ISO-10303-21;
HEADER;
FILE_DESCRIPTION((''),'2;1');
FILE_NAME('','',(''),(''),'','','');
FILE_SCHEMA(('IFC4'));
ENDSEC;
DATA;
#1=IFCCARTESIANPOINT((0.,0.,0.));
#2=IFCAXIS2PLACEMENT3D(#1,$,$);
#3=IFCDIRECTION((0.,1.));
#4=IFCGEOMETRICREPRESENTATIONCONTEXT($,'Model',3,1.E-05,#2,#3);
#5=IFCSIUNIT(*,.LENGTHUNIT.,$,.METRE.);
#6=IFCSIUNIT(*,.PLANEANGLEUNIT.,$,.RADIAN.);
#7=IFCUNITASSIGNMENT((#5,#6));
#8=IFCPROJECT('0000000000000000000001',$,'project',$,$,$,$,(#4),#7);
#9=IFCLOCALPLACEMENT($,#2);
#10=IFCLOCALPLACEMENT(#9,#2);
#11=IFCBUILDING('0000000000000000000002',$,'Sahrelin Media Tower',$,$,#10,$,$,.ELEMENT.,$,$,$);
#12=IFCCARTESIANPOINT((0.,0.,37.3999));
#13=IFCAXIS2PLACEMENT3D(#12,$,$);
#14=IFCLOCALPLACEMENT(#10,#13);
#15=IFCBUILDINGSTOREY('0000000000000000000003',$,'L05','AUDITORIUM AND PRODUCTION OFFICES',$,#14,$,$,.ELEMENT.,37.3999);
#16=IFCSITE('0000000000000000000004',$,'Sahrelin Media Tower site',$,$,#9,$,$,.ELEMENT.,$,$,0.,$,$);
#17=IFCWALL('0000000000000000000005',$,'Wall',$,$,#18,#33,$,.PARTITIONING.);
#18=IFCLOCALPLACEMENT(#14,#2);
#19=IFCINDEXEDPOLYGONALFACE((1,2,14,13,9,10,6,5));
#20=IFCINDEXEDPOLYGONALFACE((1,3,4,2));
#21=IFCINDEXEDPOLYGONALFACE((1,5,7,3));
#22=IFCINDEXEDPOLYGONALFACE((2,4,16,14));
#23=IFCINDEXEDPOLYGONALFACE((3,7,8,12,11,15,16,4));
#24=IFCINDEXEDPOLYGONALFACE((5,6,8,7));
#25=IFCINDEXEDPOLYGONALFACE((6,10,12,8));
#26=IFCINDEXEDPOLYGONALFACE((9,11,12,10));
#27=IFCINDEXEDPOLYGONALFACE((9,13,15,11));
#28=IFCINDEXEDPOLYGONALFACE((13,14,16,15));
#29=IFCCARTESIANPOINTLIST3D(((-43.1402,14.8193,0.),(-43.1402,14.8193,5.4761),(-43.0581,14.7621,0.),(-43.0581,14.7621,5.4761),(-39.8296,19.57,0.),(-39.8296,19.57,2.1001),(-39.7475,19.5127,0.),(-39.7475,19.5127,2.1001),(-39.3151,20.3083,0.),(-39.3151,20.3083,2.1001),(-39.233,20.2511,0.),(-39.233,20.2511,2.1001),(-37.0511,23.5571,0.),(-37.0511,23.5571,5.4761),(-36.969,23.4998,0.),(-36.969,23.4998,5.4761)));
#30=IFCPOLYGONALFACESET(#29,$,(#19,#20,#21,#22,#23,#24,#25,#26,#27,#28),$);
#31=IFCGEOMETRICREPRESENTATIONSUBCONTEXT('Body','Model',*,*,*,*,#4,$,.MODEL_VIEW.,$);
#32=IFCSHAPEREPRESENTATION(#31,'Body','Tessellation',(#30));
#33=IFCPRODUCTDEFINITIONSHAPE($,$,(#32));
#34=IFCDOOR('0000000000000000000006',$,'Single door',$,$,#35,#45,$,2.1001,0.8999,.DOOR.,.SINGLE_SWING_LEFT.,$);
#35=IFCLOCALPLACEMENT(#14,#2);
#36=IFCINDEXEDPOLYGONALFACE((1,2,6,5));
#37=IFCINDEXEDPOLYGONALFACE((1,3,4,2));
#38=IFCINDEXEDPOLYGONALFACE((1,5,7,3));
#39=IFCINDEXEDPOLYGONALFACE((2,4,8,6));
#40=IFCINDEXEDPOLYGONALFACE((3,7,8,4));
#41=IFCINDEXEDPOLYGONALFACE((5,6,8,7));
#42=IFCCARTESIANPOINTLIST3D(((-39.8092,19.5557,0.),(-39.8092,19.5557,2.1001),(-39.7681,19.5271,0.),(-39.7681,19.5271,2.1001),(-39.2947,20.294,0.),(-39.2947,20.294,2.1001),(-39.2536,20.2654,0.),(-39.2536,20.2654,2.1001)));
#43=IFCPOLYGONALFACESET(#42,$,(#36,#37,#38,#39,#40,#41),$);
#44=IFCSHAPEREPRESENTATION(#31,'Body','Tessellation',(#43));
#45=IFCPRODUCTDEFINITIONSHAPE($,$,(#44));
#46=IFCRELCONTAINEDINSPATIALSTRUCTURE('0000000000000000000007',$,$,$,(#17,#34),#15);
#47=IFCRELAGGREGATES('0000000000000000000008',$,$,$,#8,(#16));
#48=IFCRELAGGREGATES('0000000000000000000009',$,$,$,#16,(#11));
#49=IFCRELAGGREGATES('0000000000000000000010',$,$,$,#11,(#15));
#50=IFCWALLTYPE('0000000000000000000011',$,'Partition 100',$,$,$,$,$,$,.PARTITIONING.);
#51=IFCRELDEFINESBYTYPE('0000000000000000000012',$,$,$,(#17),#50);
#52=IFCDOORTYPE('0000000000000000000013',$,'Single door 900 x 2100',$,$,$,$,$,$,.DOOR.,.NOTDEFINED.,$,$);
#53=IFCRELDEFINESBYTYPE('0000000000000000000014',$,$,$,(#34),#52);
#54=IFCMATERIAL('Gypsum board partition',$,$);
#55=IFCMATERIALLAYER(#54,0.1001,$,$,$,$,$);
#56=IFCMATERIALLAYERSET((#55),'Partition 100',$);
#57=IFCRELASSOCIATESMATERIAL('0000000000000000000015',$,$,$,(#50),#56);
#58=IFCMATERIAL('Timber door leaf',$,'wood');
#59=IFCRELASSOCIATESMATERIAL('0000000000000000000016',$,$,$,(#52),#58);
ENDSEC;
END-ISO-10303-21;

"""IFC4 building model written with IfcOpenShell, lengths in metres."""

from ifc_helpers import new_model, si_unit, direction, frame, frame_2d, origin, place, context, subcontext, project, spatial, rectangle, extrude, material, layer, layer_set, type_object, element, fill, save


model = new_model("IFC4")

# Units and contexts
model_context = context("Model", 3, precision=1e-05, world=origin(), true_north=direction((0.0, 1.0)))
body_context = subcontext(model_context, "Body", "Model", "MODEL_VIEW")
ifc_project = project(units=[si_unit("LENGTHUNIT", "METRE"), si_unit("PLANEANGLEUNIT", "RADIAN")], contexts=[model_context])

# Site, building, storey
site_placement = place(None, origin())
site = spatial("IfcSite", under=ifc_project, at=site_placement, Name="Sahrelin Media Tower site", CompositionType="ELEMENT", RefElevation=0.0)
building_placement = place(site_placement, origin())
building = spatial("IfcBuilding", under=site, at=building_placement, Name="Sahrelin Media Tower", CompositionType="ELEMENT")
storey_placement = place(building_placement, frame((0.0, 0.0, 37.3999)))
storey = spatial("IfcBuildingStorey", under=building, at=storey_placement, Name="L05", Description="AUDITORIUM AND PRODUCTION OFFICES", CompositionType="ELEMENT", Elevation=37.3999)

# Wall, opening, door
ifc_material_1 = material(Name="Gypsum board partition")
ifc_layer_1 = layer(ifc_material_1, 0.1001)
ifc_layer_set_1 = layer_set([ifc_layer_1], Name="Partition 100")
wall_type = type_object("IfcWallType", Name="Partition 100", PredefinedType="PARTITIONING", material=ifc_layer_set_1)
wall_placement = place(storey_placement, frame((-37.01, 23.5286, 0.0), z_axis=(0.0, 0.0, 1.0), x_axis=(-0.571738, -0.820436, 0.0)))
wall = element("IfcWall", 1, at=wall_placement, inside=storey, type_object=wall_type, Name="Wall", PredefinedType="PARTITIONING", context=body_context, shape_type="SweptSolid", body=[
    extrude(rectangle(XDim=10.6501, YDim=0.1001, at=frame_2d((5.3252, 0.0))), origin(), (0.0, 0.0, 1.0), 5.4761),
])
opening_placement = place(wall_placement, frame((3.96, 0.0, 0.0)))
opening = element("IfcOpeningElement", 2, at=opening_placement, cuts=wall, PredefinedType="OPENING", context=body_context, shape_type="SweptSolid", body=[
    extrude(rectangle(XDim=0.8999, YDim=2.1001, at=frame_2d((0.45, 1.05))), frame((0.0, 0.05, 0.0), z_axis=(0.0, -1.0, 0.0), x_axis=(1.0, 0.0, 0.0)), (0.0, 0.0, 1.0), 0.1001),
])
ifc_material_2 = material(Name="Timber door leaf", Category="wood")
door_type = type_object("IfcDoorType", Name="Single door 900 x 2100", OperationType="NOTDEFINED", PredefinedType="DOOR", material=ifc_material_2)
door_placement = place(opening_placement, origin())
door = element("IfcDoor", 3, at=door_placement, inside=storey, type_object=door_type, Name="Single door", OperationType="SINGLE_SWING_LEFT", OverallHeight=2.1001, OverallWidth=0.8999, PredefinedType="DOOR", context=body_context, shape_type="SweptSolid", body=[
    extrude(rectangle(XDim=0.8999, YDim=2.1001, at=frame_2d((0.45, 1.05))), frame((0.0, 0.0249, 0.0), z_axis=(0.0, -1.0, 0.0), x_axis=(1.0, 0.0, 0.0)), (0.0, 0.0, 1.0), 0.05),
])
fill(opening, door)

save(model, "model.ifc")
